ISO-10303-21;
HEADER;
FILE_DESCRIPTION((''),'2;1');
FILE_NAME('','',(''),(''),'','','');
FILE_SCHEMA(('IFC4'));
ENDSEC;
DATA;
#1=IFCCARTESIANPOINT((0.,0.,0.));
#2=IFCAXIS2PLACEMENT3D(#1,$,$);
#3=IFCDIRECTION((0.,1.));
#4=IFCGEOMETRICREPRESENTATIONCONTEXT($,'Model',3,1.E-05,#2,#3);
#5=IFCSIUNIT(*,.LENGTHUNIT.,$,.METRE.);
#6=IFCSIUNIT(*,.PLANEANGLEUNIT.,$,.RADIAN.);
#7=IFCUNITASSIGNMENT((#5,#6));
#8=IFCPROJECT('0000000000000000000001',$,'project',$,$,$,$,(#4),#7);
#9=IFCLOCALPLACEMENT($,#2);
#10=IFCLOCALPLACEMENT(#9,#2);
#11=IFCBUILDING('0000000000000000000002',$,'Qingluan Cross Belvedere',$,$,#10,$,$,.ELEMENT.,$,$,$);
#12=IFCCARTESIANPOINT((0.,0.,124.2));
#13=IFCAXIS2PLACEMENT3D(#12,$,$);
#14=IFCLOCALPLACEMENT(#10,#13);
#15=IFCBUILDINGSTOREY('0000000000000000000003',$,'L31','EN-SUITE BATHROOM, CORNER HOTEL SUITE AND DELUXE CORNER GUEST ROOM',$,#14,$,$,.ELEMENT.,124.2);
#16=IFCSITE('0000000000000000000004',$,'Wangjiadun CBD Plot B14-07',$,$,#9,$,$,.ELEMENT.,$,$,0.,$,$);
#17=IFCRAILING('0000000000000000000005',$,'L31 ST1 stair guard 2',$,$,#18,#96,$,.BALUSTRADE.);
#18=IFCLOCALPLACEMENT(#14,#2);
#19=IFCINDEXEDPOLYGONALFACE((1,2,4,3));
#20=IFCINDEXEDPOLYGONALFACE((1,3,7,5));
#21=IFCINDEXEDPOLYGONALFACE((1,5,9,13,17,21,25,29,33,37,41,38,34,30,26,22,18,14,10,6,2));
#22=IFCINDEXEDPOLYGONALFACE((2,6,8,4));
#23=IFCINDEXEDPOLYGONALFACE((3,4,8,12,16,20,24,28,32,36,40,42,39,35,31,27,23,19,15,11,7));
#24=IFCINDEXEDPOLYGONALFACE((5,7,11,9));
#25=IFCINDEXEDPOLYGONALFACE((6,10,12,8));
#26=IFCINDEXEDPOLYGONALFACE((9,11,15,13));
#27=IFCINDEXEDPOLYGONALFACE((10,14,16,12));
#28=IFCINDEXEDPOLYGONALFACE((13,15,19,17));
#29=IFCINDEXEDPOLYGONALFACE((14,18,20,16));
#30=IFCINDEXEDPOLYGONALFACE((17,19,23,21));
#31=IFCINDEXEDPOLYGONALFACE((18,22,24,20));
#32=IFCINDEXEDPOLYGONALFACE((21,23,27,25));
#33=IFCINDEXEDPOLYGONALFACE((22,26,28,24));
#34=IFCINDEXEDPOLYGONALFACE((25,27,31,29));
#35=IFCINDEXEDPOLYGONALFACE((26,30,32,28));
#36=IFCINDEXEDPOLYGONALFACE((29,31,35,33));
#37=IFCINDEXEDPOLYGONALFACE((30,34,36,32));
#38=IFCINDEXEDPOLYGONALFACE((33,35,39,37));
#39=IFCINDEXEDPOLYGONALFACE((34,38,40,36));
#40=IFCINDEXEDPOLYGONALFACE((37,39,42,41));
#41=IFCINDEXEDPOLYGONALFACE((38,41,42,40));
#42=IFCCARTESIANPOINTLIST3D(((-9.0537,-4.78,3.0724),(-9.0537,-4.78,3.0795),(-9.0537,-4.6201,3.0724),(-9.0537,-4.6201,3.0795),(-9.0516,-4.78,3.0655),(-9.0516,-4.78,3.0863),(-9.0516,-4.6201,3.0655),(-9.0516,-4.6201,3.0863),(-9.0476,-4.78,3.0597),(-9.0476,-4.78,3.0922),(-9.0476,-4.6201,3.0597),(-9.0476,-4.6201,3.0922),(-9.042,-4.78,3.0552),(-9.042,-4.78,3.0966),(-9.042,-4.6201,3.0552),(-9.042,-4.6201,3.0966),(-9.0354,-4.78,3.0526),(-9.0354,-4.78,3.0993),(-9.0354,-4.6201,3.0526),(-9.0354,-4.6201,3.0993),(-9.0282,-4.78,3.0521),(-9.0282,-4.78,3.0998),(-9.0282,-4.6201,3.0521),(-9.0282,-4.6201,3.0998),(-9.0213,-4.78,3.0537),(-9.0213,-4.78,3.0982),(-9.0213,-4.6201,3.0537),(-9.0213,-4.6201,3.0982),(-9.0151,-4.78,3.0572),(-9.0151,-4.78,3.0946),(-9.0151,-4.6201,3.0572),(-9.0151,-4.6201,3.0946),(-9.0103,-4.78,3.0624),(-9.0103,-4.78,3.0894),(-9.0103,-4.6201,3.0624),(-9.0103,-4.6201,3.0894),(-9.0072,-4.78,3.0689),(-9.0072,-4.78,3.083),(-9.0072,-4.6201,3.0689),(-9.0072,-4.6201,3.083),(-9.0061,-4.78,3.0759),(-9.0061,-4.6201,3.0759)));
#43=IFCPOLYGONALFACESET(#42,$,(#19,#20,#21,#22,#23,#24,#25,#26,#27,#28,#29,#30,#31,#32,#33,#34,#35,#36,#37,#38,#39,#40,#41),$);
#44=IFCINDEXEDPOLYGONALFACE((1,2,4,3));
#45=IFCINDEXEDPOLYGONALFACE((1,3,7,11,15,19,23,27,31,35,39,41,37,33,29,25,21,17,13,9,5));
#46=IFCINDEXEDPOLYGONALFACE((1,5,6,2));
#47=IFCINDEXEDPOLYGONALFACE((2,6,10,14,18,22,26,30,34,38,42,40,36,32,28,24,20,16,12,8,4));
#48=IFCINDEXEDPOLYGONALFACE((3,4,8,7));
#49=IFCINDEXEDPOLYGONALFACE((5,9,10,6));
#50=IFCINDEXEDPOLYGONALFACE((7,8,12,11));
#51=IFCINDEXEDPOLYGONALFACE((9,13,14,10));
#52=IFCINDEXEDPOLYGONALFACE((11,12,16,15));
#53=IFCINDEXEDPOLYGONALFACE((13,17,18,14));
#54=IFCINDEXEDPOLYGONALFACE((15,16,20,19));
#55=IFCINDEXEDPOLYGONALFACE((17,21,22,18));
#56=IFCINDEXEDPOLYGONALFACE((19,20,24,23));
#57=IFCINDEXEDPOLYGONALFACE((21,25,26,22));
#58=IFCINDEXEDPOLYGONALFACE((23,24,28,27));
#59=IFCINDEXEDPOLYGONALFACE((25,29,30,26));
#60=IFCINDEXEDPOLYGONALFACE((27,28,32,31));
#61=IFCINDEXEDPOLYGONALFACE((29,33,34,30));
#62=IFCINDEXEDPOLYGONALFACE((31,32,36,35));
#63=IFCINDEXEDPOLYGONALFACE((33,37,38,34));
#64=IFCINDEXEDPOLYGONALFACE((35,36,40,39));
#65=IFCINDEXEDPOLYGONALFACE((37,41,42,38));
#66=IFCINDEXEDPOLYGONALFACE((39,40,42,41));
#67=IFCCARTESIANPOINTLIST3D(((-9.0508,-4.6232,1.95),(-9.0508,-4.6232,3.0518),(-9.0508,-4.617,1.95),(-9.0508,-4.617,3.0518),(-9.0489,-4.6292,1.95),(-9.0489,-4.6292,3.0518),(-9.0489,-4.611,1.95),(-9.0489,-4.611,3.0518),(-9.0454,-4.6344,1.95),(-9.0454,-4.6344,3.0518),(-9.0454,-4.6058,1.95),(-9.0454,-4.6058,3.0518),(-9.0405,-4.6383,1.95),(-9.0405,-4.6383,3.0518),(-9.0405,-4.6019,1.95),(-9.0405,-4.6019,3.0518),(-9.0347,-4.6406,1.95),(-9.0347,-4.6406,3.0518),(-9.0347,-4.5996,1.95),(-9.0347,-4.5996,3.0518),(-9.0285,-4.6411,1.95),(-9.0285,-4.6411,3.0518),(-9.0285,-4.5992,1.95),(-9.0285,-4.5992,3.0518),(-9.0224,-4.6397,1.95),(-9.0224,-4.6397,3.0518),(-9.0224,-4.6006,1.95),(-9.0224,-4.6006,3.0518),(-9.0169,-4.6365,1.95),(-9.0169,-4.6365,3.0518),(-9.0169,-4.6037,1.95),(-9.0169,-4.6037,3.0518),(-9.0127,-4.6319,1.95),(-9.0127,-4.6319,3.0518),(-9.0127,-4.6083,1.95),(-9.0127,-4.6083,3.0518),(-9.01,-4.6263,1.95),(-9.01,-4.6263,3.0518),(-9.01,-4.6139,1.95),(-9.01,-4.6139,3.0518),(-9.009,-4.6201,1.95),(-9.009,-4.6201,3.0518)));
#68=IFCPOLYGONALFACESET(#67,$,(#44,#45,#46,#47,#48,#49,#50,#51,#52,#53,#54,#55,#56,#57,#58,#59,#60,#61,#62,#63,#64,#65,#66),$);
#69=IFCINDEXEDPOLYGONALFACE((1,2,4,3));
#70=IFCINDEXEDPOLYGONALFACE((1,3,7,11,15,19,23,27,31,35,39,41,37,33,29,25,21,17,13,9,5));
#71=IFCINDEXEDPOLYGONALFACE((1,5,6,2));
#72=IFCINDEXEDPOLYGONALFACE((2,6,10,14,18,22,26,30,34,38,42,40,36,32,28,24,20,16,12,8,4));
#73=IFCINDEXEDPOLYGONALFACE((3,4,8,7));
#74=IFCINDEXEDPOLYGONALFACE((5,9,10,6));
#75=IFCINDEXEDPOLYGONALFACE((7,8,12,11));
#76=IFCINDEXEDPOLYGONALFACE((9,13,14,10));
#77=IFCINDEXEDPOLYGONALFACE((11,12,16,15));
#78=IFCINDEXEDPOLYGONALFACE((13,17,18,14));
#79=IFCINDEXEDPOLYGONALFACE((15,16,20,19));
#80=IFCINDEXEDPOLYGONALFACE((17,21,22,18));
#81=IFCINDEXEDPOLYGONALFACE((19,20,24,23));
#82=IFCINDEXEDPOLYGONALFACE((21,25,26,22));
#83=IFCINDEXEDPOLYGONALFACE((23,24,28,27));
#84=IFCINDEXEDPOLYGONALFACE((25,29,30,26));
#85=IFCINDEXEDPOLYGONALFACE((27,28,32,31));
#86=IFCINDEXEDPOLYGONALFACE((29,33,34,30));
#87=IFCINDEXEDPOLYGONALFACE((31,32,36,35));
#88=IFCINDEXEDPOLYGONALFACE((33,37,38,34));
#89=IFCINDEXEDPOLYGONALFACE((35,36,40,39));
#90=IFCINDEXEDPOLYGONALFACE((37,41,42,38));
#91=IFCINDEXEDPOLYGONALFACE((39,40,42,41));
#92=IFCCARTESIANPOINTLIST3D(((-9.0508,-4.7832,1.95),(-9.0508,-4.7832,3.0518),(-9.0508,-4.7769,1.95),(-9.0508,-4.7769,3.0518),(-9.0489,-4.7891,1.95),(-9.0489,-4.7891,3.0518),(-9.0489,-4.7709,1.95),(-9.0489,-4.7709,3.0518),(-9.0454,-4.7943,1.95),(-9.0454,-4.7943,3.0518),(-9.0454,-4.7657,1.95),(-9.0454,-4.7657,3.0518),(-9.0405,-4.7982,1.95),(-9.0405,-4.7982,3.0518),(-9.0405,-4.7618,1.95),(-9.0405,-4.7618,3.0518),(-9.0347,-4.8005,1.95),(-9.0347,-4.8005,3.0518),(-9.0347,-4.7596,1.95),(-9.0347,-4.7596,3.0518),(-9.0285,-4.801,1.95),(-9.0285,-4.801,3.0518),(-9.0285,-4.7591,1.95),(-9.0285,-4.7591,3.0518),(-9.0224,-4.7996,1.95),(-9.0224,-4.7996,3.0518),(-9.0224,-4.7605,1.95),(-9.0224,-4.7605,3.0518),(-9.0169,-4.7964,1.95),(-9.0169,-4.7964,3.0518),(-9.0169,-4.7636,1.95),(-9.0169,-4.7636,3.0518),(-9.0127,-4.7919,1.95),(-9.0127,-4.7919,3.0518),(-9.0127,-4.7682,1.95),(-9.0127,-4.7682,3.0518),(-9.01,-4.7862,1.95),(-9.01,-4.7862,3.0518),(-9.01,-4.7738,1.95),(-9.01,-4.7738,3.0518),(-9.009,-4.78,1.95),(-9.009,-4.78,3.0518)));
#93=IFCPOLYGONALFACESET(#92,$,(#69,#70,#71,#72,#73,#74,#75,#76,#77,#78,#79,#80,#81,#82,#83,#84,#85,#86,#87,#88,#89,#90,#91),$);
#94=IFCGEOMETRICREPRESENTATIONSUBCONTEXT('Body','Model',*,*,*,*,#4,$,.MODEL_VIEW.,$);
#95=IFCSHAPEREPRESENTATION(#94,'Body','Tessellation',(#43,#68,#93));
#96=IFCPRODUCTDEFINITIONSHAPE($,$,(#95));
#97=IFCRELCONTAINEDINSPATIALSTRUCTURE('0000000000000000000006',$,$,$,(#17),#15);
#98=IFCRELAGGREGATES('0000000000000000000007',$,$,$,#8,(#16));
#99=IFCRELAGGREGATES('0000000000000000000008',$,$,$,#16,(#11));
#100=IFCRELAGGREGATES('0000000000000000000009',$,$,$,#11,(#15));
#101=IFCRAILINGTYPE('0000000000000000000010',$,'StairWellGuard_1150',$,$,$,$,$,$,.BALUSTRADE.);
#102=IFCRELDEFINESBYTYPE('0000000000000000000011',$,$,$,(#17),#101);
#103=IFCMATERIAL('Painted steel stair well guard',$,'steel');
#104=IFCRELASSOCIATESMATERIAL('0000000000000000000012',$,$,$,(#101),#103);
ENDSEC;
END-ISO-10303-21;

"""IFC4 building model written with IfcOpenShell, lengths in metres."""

from ifc_helpers import new_model, si_unit, direction, frame, origin, origin_2d, place, context, subcontext, project, spatial, circle, extrude, material, type_object, element, save


model = new_model("IFC4")

# Units and contexts
model_context = context("Model", 3, precision=1e-05, world=origin(), true_north=direction((0.0, 1.0)))
body_context = subcontext(model_context, "Body", "Model", "MODEL_VIEW")
ifc_project = project(units=[si_unit("LENGTHUNIT", "METRE"), si_unit("PLANEANGLEUNIT", "RADIAN")], contexts=[model_context])

# Site, building, storey
site_placement = place(None, origin())
site = spatial("IfcSite", under=ifc_project, at=site_placement, Name="Wangjiadun CBD Plot B14-07", CompositionType="ELEMENT", RefElevation=0.0)
building_placement = place(site_placement, origin())
building = spatial("IfcBuilding", under=site, at=building_placement, Name="Qingluan Cross Belvedere", CompositionType="ELEMENT")
storey_placement = place(building_placement, frame((0.0, 0.0, 124.2)))
storey = spatial("IfcBuildingStorey", under=building, at=storey_placement, Name="L31", Description="EN-SUITE BATHROOM, CORNER HOTEL SUITE AND DELUXE CORNER GUEST ROOM", CompositionType="ELEMENT", Elevation=124.2)

# Railing
ifc_material_1 = material(Name="Painted steel stair well guard", Category="steel")
railing_type_1 = type_object("IfcRailingType", Name="StairWellGuard_1150", PredefinedType="BALUSTRADE", material=ifc_material_1)
railing_1_placement = place(storey_placement, frame((-9.03, -4.6201, 1.95)))
element("IfcRailing", 1, at=railing_1_placement, inside=storey, type_object=railing_type_1, Name="L31 ST1 stair guard 2", PredefinedType="BALUSTRADE", context=body_context, shape_type="SweptSolid", body=[
    extrude(circle(Radius=0.0239, at=origin_2d()), frame((0.0, 0.0, 1.126), z_axis=(0.0, -1.0, 0.0), x_axis=(1.0, 0.0, 0.0)), (0.0, 0.0, 1.0), 0.1599),
    extrude(circle(Radius=0.021, at=origin_2d()), origin(), (0.0, 0.0, 1.0), 1.1018),
    extrude(circle(Radius=0.021, at=origin_2d()), frame((0.0, -0.1599, 0.0)), (0.0, 0.0, 1.0), 1.1018),
])

save(model, "model.ifc")
